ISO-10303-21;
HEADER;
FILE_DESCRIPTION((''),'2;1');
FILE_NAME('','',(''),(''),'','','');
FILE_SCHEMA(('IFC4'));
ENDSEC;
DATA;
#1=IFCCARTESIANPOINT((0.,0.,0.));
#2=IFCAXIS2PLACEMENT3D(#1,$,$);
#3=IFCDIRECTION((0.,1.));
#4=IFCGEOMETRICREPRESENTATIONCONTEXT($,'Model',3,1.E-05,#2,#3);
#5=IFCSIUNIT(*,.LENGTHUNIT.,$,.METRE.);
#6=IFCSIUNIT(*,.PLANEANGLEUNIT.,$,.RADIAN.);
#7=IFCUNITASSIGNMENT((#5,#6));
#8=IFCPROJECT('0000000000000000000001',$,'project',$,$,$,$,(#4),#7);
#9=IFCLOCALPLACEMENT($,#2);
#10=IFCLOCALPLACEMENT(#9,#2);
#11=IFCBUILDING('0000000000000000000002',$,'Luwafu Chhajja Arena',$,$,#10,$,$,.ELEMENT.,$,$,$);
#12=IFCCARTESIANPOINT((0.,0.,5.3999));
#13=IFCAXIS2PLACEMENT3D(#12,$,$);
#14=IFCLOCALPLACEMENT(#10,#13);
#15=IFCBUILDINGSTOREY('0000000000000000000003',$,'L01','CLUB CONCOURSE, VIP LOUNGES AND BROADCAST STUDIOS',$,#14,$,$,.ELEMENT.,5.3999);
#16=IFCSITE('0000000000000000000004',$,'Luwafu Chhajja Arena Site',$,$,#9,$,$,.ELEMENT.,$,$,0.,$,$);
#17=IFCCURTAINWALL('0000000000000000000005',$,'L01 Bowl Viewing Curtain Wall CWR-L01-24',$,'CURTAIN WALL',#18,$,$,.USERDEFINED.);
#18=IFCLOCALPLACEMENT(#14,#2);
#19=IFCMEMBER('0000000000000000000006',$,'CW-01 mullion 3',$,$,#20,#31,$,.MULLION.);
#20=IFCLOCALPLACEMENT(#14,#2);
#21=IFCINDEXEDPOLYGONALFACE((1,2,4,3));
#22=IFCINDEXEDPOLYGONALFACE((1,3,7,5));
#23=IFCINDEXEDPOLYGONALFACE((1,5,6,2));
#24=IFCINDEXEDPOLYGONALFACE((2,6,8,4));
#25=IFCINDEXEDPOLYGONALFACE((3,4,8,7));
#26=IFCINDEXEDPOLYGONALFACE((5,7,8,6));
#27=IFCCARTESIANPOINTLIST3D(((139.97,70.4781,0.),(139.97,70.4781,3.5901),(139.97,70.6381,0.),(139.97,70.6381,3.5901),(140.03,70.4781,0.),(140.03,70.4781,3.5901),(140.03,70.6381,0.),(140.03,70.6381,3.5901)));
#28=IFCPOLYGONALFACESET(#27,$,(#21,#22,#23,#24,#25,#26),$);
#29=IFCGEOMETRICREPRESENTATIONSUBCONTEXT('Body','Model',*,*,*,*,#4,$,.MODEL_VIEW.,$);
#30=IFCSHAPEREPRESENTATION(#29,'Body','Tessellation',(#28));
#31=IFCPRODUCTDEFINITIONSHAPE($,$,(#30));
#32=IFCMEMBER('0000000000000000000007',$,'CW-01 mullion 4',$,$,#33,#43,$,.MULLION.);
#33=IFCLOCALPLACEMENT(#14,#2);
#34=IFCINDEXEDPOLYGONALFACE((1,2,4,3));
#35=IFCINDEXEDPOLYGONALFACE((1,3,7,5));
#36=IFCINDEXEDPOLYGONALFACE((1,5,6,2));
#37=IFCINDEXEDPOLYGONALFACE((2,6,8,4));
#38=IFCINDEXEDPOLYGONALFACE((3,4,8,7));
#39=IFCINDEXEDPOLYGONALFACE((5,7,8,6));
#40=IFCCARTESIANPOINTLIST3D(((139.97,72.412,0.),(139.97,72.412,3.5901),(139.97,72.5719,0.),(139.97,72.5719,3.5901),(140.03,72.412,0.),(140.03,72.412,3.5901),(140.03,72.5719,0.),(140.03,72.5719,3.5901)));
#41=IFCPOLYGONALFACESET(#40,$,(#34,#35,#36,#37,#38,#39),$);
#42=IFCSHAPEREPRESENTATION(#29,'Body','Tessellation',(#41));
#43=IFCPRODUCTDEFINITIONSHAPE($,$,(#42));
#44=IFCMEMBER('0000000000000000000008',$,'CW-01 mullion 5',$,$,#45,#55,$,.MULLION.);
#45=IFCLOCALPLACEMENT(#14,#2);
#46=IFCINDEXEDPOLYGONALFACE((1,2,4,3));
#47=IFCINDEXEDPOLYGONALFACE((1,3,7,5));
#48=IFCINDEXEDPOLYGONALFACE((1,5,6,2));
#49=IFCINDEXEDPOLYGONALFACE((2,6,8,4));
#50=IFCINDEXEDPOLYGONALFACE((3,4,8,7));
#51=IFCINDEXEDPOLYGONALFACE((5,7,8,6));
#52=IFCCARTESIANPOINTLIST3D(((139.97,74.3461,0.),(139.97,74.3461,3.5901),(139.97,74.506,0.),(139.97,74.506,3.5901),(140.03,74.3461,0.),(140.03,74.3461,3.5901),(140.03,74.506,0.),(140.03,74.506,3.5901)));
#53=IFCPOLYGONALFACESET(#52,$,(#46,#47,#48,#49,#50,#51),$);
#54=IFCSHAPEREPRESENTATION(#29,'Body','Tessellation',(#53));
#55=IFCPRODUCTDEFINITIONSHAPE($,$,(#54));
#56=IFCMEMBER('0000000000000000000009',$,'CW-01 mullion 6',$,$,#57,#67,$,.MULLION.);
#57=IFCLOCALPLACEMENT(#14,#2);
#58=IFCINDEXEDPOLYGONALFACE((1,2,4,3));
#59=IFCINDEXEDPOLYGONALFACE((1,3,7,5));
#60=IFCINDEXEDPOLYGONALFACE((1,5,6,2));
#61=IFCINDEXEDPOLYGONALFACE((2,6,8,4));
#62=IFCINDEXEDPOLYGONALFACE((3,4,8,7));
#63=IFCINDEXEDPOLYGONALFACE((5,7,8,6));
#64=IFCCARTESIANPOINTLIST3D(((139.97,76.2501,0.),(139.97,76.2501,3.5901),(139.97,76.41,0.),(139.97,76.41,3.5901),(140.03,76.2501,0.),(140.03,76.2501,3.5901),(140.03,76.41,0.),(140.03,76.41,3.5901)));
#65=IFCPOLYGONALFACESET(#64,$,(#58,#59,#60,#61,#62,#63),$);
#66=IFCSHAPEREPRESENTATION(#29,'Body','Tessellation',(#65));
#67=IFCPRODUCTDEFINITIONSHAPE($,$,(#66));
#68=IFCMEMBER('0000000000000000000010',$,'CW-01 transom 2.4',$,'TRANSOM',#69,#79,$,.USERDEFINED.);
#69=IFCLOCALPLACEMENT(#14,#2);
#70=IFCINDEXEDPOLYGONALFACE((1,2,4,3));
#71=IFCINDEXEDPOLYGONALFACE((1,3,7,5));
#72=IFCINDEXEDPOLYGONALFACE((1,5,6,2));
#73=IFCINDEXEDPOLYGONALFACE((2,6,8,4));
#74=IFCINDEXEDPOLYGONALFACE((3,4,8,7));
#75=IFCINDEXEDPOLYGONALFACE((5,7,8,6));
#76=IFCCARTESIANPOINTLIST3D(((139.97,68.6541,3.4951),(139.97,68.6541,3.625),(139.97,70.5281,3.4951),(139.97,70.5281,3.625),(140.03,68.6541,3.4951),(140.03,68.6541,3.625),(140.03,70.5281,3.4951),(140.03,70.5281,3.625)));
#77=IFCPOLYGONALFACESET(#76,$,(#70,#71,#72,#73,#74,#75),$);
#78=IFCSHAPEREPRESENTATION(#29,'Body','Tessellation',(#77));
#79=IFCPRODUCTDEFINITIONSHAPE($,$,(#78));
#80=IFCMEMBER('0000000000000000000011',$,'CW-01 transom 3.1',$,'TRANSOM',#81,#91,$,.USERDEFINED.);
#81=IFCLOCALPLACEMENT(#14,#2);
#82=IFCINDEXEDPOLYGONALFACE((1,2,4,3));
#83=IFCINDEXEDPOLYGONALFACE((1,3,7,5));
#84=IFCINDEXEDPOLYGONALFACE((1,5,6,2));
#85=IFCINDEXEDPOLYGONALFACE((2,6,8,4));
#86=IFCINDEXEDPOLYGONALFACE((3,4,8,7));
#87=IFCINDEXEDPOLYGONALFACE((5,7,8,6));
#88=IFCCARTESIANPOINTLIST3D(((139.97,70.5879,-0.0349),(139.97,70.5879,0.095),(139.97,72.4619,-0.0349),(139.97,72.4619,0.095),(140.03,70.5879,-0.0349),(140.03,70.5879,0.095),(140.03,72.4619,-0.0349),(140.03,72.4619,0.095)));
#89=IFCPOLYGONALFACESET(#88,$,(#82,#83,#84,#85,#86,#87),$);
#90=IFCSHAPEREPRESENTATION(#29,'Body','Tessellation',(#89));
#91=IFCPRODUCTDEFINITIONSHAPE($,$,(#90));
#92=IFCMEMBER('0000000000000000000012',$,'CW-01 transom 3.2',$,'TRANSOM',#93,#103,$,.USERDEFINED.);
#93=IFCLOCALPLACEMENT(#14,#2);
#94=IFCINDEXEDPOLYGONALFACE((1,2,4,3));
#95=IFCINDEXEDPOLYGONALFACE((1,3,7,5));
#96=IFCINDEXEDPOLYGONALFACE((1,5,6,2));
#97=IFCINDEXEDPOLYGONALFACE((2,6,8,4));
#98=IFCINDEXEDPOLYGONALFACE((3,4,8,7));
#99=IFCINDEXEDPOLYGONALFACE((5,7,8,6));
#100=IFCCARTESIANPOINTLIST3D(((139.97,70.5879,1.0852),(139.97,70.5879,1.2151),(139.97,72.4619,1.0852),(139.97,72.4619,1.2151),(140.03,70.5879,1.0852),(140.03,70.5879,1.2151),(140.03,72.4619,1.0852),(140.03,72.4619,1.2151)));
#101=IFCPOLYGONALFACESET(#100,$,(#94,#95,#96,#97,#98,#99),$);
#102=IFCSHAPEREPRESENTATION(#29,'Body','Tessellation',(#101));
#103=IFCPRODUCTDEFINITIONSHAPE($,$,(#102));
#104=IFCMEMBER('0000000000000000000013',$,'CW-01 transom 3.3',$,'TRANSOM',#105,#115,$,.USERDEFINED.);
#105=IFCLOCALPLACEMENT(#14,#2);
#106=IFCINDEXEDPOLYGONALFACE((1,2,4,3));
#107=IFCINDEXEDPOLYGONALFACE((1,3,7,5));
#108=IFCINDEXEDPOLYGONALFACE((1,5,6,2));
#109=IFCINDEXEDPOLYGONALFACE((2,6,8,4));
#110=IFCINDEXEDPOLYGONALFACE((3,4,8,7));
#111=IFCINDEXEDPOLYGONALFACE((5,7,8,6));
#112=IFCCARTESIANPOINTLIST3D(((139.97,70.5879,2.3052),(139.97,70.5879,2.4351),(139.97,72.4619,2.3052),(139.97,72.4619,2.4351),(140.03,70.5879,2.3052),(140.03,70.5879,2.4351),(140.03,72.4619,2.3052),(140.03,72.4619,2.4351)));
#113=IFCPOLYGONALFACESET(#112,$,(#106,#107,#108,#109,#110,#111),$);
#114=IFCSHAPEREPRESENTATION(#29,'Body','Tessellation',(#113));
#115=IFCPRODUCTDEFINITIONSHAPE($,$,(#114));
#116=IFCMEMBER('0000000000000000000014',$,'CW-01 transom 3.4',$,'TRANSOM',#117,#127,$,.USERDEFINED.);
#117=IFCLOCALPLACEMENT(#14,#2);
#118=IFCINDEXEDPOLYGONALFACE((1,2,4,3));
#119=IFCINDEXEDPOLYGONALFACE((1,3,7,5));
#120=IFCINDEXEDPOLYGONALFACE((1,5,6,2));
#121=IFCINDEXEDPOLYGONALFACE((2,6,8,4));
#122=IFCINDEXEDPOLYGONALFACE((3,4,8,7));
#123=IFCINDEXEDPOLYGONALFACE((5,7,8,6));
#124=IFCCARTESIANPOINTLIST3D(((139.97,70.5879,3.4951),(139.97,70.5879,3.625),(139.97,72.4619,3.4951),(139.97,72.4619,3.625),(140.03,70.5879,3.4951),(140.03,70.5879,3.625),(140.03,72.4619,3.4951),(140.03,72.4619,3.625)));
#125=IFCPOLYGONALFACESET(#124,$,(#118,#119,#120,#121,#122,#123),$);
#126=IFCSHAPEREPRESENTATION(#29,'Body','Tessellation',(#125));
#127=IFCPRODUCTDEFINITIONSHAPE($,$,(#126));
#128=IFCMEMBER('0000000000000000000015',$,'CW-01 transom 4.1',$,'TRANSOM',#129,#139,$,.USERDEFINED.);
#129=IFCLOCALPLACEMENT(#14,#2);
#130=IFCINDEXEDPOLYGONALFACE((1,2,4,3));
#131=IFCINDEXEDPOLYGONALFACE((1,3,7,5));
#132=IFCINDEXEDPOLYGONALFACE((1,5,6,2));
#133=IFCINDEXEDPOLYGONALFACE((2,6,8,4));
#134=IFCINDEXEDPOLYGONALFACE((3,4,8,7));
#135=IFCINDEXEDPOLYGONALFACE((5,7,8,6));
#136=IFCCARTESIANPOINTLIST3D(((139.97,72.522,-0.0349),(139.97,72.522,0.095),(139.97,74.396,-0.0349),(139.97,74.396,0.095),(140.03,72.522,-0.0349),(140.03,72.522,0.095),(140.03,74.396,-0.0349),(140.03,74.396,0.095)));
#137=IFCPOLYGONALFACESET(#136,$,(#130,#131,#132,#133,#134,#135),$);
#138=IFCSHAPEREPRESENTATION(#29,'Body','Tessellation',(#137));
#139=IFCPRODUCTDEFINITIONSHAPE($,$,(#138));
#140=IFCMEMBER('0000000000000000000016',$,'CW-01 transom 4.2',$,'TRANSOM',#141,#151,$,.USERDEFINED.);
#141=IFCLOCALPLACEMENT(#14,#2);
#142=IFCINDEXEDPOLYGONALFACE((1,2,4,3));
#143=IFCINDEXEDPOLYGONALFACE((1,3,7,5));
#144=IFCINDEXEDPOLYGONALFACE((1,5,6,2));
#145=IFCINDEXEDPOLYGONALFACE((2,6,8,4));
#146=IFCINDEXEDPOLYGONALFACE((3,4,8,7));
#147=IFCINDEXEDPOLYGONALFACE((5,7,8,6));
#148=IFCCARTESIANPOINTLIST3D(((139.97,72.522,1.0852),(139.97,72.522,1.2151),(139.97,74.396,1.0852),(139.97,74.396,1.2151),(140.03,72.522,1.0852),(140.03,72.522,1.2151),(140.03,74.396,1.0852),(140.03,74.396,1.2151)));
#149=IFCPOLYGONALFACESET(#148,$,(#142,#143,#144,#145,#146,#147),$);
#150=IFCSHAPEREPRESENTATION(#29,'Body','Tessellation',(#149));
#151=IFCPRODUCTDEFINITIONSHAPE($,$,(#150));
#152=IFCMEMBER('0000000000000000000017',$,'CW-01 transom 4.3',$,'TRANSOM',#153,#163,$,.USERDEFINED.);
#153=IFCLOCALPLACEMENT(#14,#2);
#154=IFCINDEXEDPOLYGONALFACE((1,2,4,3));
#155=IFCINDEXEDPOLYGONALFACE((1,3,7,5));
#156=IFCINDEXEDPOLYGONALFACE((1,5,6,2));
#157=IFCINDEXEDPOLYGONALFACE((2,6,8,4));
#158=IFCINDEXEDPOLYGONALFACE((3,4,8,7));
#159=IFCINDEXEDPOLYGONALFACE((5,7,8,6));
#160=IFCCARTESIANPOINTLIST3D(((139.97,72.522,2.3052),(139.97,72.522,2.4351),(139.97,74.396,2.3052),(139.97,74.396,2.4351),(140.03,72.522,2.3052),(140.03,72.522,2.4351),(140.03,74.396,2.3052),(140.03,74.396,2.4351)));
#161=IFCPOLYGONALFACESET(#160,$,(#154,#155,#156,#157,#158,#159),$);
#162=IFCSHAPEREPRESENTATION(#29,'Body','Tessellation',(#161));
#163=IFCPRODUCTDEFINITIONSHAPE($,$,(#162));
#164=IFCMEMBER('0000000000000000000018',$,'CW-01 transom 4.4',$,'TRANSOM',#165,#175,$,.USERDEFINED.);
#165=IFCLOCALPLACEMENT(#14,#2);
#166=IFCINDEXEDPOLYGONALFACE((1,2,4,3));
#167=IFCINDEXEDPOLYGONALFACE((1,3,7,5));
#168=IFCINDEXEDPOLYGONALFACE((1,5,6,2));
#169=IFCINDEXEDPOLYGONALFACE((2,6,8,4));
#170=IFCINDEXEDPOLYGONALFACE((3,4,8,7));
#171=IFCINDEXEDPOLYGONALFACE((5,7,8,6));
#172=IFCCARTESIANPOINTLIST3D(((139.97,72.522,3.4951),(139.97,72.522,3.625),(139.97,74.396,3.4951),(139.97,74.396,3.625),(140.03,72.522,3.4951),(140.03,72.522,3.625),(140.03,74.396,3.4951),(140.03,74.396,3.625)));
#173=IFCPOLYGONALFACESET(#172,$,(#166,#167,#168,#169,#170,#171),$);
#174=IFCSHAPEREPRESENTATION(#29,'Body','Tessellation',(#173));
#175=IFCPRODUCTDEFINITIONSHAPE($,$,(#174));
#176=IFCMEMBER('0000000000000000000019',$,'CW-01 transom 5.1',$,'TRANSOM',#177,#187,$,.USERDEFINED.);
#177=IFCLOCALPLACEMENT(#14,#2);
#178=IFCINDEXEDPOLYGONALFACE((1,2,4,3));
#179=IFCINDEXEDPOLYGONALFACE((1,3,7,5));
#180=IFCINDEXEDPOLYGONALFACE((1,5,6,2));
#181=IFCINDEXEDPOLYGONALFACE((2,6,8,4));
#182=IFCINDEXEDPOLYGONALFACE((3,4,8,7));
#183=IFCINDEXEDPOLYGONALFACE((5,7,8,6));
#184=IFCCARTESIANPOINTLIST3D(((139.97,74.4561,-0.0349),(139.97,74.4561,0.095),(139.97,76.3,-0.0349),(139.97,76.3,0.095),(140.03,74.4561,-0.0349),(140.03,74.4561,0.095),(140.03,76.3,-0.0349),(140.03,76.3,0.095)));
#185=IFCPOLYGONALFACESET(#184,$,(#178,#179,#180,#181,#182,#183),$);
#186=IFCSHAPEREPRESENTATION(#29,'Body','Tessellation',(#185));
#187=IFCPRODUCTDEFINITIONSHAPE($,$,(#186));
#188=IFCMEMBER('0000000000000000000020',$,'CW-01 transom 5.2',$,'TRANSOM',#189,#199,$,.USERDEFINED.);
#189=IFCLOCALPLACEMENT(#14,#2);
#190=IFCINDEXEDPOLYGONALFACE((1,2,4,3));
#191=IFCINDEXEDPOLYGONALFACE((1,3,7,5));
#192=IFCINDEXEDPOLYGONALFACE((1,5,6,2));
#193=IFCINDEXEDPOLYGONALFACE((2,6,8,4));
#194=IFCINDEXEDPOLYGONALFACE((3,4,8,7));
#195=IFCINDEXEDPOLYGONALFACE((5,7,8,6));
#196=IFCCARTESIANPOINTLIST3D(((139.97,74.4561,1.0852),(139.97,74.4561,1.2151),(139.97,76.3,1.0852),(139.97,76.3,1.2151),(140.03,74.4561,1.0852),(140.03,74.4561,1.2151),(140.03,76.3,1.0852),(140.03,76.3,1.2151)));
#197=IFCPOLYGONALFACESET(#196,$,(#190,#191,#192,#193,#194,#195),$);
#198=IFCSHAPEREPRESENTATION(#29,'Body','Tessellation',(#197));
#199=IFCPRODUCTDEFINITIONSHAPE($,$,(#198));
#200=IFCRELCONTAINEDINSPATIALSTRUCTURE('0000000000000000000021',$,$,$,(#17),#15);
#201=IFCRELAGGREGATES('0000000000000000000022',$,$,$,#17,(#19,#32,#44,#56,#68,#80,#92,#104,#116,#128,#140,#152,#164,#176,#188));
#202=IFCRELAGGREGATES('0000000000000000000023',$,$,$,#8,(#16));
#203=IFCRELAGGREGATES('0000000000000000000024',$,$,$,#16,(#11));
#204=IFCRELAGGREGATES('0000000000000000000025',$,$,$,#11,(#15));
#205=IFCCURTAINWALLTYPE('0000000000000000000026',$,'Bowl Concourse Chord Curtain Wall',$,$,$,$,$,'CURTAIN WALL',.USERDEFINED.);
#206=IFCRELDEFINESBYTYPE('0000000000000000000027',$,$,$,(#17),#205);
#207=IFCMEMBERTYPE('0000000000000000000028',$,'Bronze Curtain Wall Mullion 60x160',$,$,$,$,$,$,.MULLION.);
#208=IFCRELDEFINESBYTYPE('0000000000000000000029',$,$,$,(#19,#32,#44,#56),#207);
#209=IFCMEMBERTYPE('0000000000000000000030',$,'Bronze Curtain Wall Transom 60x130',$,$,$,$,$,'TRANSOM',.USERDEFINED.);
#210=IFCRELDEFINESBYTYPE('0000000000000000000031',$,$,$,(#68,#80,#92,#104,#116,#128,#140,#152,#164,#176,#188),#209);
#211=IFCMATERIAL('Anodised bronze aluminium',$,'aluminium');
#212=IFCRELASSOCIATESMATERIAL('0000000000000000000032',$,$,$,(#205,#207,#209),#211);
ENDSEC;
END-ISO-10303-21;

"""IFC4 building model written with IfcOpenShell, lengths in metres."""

from ifc_helpers import new_model, si_unit, direction, frame, origin, origin_2d, place, context, subcontext, project, spatial, rectangle, extrude, material, material_profile, profile_set, type_object, element, aggregate, save


model = new_model("IFC4")

# Units and contexts
model_context = context("Model", 3, precision=1e-05, world=origin(), true_north=direction((0.0, 1.0)))
body_context = subcontext(model_context, "Body", "Model", "MODEL_VIEW")
ifc_project = project(units=[si_unit("LENGTHUNIT", "METRE"), si_unit("PLANEANGLEUNIT", "RADIAN")], contexts=[model_context])

# Site, building, storey
site_placement = place(None, origin())
site = spatial("IfcSite", under=ifc_project, at=site_placement, Name="Luwafu Chhajja Arena Site", CompositionType="ELEMENT", RefElevation=0.0)
building_placement = place(site_placement, origin())
building = spatial("IfcBuilding", under=site, at=building_placement, Name="Luwafu Chhajja Arena", CompositionType="ELEMENT")
storey_placement = place(building_placement, frame((0.0, 0.0, 5.3999)))
storey = spatial("IfcBuildingStorey", under=building, at=storey_placement, Name="L01", Description="CLUB CONCOURSE, VIP LOUNGES AND BROADCAST STUDIOS", CompositionType="ELEMENT", Elevation=5.3999)

# Curtain wall, members
ifc_material_1 = material(Name="Anodised bronze aluminium", Category="aluminium")
curtain_wall_type = type_object("IfcCurtainWallType", Name="Bowl Concourse Chord Curtain Wall", ElementType="CURTAIN WALL", PredefinedType="USERDEFINED", material=ifc_material_1)
curtain_wall_placement = place(storey_placement, origin())
curtain_wall = element("IfcCurtainWall", 1, at=curtain_wall_placement, inside=storey, type_object=curtain_wall_type, Name="L01 Bowl Viewing Curtain Wall CWR-L01-24", ObjectType="CURTAIN WALL", PredefinedType="USERDEFINED")
ifc_material_profile_1 = material_profile(ifc_material_1, rectangle(XDim=0.0601, YDim=0.1599, at=origin_2d()), Name="CWM 60x160")
ifc_profile_set_1 = profile_set([ifc_material_profile_1], Name="Anodised bronze aluminium")
member_type_1 = type_object("IfcMemberType", Name="Bronze Curtain Wall Mullion 60x160", PredefinedType="MULLION", material=ifc_profile_set_1)
member_1_placement = place(storey_placement, frame((140.0, 70.5581, 0.0), z_axis=(0.0, 0.0, 1.0), x_axis=(-1.0, 0.0, 0.0)))
member_1 = element("IfcMember", 2, at=member_1_placement, type_object=member_type_1, Name="CW-01 mullion 3", PredefinedType="MULLION", context=body_context, shape_type="SweptSolid", body=[
    extrude(rectangle(XDim=0.0601, YDim=0.1599, at=origin_2d()), origin(), (0.0, 0.0, 1.0), 3.5901),
])
member_2_placement = place(storey_placement, frame((140.0, 72.4919, 0.0), z_axis=(0.0, 0.0, 1.0), x_axis=(-1.0, 0.0, 0.0)))
member_2 = element("IfcMember", 3, at=member_2_placement, type_object=member_type_1, Name="CW-01 mullion 4", PredefinedType="MULLION", context=body_context, shape_type="SweptSolid", body=[
    extrude(rectangle(XDim=0.0601, YDim=0.1599, at=origin_2d()), origin(), (0.0, 0.0, 1.0), 3.5901),
])
member_3_placement = place(storey_placement, frame((140.0, 74.426, 0.0), z_axis=(0.0, 0.0, 1.0), x_axis=(-1.0, 0.0, 0.0)))
member_3 = element("IfcMember", 4, at=member_3_placement, type_object=member_type_1, Name="CW-01 mullion 5", PredefinedType="MULLION", context=body_context, shape_type="SweptSolid", body=[
    extrude(rectangle(XDim=0.0601, YDim=0.1599, at=origin_2d()), origin(), (0.0, 0.0, 1.0), 3.5901),
])
member_4_placement = place(storey_placement, frame((140.0, 76.3301, 0.0), z_axis=(0.0, 0.0, 1.0), x_axis=(-1.0, 0.0, 0.0)))
member_4 = element("IfcMember", 5, at=member_4_placement, type_object=member_type_1, Name="CW-01 mullion 6", PredefinedType="MULLION", context=body_context, shape_type="SweptSolid", body=[
    extrude(rectangle(XDim=0.0601, YDim=0.1599, at=origin_2d()), origin(), (0.0, 0.0, 1.0), 3.5901),
])
ifc_material_profile_2 = material_profile(ifc_material_1, rectangle(XDim=0.0601, YDim=0.1299, at=origin_2d()), Name="CWT 60x130")
ifc_profile_set_2 = profile_set([ifc_material_profile_2], Name="Anodised bronze aluminium")
member_type_2 = type_object("IfcMemberType", Name="Bronze Curtain Wall Transom 60x130", ElementType="TRANSOM", PredefinedType="USERDEFINED", material=ifc_profile_set_2)
member_5_placement = place(storey_placement, frame((140.0, 68.6541, 3.5601), z_axis=(0.0, 1.0, 0.0), x_axis=(-1.0, 0.0, 0.0)))
member_5 = element("IfcMember", 6, at=member_5_placement, type_object=member_type_2, Name="CW-01 transom 2.4", ObjectType="TRANSOM", PredefinedType="USERDEFINED", context=body_context, shape_type="SweptSolid", body=[
    extrude(rectangle(XDim=0.0601, YDim=0.1299, at=origin_2d()), origin(), (0.0, 0.0, 1.0), 1.874),
])
member_6_placement = place(storey_placement, frame((140.0, 70.5879, 0.03), z_axis=(0.0, 1.0, 0.0), x_axis=(-1.0, 0.0, 0.0)))
member_6 = element("IfcMember", 7, at=member_6_placement, type_object=member_type_2, Name="CW-01 transom 3.1", ObjectType="TRANSOM", PredefinedType="USERDEFINED", context=body_context, shape_type="SweptSolid", body=[
    extrude(rectangle(XDim=0.0601, YDim=0.1299, at=origin_2d()), origin(), (0.0, 0.0, 1.0), 1.874),
])
member_7_placement = place(storey_placement, frame((140.0, 70.5879, 1.1501), z_axis=(0.0, 1.0, 0.0), x_axis=(-1.0, 0.0, 0.0)))
member_7 = element("IfcMember", 8, at=member_7_placement, type_object=member_type_2, Name="CW-01 transom 3.2", ObjectType="TRANSOM", PredefinedType="USERDEFINED", context=body_context, shape_type="SweptSolid", body=[
    extrude(rectangle(XDim=0.0601, YDim=0.1299, at=origin_2d()), origin(), (0.0, 0.0, 1.0), 1.874),
])
member_8_placement = place(storey_placement, frame((140.0, 70.5879, 2.3701), z_axis=(0.0, 1.0, 0.0), x_axis=(-1.0, 0.0, 0.0)))
member_8 = element("IfcMember", 9, at=member_8_placement, type_object=member_type_2, Name="CW-01 transom 3.3", ObjectType="TRANSOM", PredefinedType="USERDEFINED", context=body_context, shape_type="SweptSolid", body=[
    extrude(rectangle(XDim=0.0601, YDim=0.1299, at=origin_2d()), origin(), (0.0, 0.0, 1.0), 1.874),
])
member_9_placement = place(storey_placement, frame((140.0, 70.5879, 3.5601), z_axis=(0.0, 1.0, 0.0), x_axis=(-1.0, 0.0, 0.0)))
member_9 = element("IfcMember", 10, at=member_9_placement, type_object=member_type_2, Name="CW-01 transom 3.4", ObjectType="TRANSOM", PredefinedType="USERDEFINED", context=body_context, shape_type="SweptSolid", body=[
    extrude(rectangle(XDim=0.0601, YDim=0.1299, at=origin_2d()), origin(), (0.0, 0.0, 1.0), 1.874),
])
member_10_placement = place(storey_placement, frame((140.0, 72.522, 0.03), z_axis=(0.0, 1.0, 0.0), x_axis=(-1.0, 0.0, 0.0)))
member_10 = element("IfcMember", 11, at=member_10_placement, type_object=member_type_2, Name="CW-01 transom 4.1", ObjectType="TRANSOM", PredefinedType="USERDEFINED", context=body_context, shape_type="SweptSolid", body=[
    extrude(rectangle(XDim=0.0601, YDim=0.1299, at=origin_2d()), origin(), (0.0, 0.0, 1.0), 1.874),
])
member_11_placement = place(storey_placement, frame((140.0, 72.522, 1.1501), z_axis=(0.0, 1.0, 0.0), x_axis=(-1.0, 0.0, 0.0)))
member_11 = element("IfcMember", 12, at=member_11_placement, type_object=member_type_2, Name="CW-01 transom 4.2", ObjectType="TRANSOM", PredefinedType="USERDEFINED", context=body_context, shape_type="SweptSolid", body=[
    extrude(rectangle(XDim=0.0601, YDim=0.1299, at=origin_2d()), origin(), (0.0, 0.0, 1.0), 1.874),
])
member_12_placement = place(storey_placement, frame((140.0, 72.522, 2.3701), z_axis=(0.0, 1.0, 0.0), x_axis=(-1.0, 0.0, 0.0)))
member_12 = element("IfcMember", 13, at=member_12_placement, type_object=member_type_2, Name="CW-01 transom 4.3", ObjectType="TRANSOM", PredefinedType="USERDEFINED", context=body_context, shape_type="SweptSolid", body=[
    extrude(rectangle(XDim=0.0601, YDim=0.1299, at=origin_2d()), origin(), (0.0, 0.0, 1.0), 1.874),
])
member_13_placement = place(storey_placement, frame((140.0, 72.522, 3.5601), z_axis=(0.0, 1.0, 0.0), x_axis=(-1.0, 0.0, 0.0)))
member_13 = element("IfcMember", 14, at=member_13_placement, type_object=member_type_2, Name="CW-01 transom 4.4", ObjectType="TRANSOM", PredefinedType="USERDEFINED", context=body_context, shape_type="SweptSolid", body=[
    extrude(rectangle(XDim=0.0601, YDim=0.1299, at=origin_2d()), origin(), (0.0, 0.0, 1.0), 1.874),
])
member_14_placement = place(storey_placement, frame((140.0, 74.4561, 0.03), z_axis=(0.0, 1.0, 0.0), x_axis=(-1.0, 0.0, 0.0)))
member_14 = element("IfcMember", 15, at=member_14_placement, type_object=member_type_2, Name="CW-01 transom 5.1", ObjectType="TRANSOM", PredefinedType="USERDEFINED", context=body_context, shape_type="SweptSolid", body=[
    extrude(rectangle(XDim=0.0601, YDim=0.1299, at=origin_2d()), origin(), (0.0, 0.0, 1.0), 1.844),
])
member_15_placement = place(storey_placement, frame((140.0, 74.4561, 1.1501), z_axis=(0.0, 1.0, 0.0), x_axis=(-1.0, 0.0, 0.0)))
member_15 = element("IfcMember", 16, at=member_15_placement, type_object=member_type_2, Name="CW-01 transom 5.2", ObjectType="TRANSOM", PredefinedType="USERDEFINED", context=body_context, shape_type="SweptSolid", body=[
    extrude(rectangle(XDim=0.0601, YDim=0.1299, at=origin_2d()), origin(), (0.0, 0.0, 1.0), 1.844),
])
aggregate(curtain_wall, [member_1, member_2, member_3, member_4, member_5, member_6, member_7, member_8, member_9, member_10, member_11, member_12, member_13, member_14, member_15])

save(model, "model.ifc")
